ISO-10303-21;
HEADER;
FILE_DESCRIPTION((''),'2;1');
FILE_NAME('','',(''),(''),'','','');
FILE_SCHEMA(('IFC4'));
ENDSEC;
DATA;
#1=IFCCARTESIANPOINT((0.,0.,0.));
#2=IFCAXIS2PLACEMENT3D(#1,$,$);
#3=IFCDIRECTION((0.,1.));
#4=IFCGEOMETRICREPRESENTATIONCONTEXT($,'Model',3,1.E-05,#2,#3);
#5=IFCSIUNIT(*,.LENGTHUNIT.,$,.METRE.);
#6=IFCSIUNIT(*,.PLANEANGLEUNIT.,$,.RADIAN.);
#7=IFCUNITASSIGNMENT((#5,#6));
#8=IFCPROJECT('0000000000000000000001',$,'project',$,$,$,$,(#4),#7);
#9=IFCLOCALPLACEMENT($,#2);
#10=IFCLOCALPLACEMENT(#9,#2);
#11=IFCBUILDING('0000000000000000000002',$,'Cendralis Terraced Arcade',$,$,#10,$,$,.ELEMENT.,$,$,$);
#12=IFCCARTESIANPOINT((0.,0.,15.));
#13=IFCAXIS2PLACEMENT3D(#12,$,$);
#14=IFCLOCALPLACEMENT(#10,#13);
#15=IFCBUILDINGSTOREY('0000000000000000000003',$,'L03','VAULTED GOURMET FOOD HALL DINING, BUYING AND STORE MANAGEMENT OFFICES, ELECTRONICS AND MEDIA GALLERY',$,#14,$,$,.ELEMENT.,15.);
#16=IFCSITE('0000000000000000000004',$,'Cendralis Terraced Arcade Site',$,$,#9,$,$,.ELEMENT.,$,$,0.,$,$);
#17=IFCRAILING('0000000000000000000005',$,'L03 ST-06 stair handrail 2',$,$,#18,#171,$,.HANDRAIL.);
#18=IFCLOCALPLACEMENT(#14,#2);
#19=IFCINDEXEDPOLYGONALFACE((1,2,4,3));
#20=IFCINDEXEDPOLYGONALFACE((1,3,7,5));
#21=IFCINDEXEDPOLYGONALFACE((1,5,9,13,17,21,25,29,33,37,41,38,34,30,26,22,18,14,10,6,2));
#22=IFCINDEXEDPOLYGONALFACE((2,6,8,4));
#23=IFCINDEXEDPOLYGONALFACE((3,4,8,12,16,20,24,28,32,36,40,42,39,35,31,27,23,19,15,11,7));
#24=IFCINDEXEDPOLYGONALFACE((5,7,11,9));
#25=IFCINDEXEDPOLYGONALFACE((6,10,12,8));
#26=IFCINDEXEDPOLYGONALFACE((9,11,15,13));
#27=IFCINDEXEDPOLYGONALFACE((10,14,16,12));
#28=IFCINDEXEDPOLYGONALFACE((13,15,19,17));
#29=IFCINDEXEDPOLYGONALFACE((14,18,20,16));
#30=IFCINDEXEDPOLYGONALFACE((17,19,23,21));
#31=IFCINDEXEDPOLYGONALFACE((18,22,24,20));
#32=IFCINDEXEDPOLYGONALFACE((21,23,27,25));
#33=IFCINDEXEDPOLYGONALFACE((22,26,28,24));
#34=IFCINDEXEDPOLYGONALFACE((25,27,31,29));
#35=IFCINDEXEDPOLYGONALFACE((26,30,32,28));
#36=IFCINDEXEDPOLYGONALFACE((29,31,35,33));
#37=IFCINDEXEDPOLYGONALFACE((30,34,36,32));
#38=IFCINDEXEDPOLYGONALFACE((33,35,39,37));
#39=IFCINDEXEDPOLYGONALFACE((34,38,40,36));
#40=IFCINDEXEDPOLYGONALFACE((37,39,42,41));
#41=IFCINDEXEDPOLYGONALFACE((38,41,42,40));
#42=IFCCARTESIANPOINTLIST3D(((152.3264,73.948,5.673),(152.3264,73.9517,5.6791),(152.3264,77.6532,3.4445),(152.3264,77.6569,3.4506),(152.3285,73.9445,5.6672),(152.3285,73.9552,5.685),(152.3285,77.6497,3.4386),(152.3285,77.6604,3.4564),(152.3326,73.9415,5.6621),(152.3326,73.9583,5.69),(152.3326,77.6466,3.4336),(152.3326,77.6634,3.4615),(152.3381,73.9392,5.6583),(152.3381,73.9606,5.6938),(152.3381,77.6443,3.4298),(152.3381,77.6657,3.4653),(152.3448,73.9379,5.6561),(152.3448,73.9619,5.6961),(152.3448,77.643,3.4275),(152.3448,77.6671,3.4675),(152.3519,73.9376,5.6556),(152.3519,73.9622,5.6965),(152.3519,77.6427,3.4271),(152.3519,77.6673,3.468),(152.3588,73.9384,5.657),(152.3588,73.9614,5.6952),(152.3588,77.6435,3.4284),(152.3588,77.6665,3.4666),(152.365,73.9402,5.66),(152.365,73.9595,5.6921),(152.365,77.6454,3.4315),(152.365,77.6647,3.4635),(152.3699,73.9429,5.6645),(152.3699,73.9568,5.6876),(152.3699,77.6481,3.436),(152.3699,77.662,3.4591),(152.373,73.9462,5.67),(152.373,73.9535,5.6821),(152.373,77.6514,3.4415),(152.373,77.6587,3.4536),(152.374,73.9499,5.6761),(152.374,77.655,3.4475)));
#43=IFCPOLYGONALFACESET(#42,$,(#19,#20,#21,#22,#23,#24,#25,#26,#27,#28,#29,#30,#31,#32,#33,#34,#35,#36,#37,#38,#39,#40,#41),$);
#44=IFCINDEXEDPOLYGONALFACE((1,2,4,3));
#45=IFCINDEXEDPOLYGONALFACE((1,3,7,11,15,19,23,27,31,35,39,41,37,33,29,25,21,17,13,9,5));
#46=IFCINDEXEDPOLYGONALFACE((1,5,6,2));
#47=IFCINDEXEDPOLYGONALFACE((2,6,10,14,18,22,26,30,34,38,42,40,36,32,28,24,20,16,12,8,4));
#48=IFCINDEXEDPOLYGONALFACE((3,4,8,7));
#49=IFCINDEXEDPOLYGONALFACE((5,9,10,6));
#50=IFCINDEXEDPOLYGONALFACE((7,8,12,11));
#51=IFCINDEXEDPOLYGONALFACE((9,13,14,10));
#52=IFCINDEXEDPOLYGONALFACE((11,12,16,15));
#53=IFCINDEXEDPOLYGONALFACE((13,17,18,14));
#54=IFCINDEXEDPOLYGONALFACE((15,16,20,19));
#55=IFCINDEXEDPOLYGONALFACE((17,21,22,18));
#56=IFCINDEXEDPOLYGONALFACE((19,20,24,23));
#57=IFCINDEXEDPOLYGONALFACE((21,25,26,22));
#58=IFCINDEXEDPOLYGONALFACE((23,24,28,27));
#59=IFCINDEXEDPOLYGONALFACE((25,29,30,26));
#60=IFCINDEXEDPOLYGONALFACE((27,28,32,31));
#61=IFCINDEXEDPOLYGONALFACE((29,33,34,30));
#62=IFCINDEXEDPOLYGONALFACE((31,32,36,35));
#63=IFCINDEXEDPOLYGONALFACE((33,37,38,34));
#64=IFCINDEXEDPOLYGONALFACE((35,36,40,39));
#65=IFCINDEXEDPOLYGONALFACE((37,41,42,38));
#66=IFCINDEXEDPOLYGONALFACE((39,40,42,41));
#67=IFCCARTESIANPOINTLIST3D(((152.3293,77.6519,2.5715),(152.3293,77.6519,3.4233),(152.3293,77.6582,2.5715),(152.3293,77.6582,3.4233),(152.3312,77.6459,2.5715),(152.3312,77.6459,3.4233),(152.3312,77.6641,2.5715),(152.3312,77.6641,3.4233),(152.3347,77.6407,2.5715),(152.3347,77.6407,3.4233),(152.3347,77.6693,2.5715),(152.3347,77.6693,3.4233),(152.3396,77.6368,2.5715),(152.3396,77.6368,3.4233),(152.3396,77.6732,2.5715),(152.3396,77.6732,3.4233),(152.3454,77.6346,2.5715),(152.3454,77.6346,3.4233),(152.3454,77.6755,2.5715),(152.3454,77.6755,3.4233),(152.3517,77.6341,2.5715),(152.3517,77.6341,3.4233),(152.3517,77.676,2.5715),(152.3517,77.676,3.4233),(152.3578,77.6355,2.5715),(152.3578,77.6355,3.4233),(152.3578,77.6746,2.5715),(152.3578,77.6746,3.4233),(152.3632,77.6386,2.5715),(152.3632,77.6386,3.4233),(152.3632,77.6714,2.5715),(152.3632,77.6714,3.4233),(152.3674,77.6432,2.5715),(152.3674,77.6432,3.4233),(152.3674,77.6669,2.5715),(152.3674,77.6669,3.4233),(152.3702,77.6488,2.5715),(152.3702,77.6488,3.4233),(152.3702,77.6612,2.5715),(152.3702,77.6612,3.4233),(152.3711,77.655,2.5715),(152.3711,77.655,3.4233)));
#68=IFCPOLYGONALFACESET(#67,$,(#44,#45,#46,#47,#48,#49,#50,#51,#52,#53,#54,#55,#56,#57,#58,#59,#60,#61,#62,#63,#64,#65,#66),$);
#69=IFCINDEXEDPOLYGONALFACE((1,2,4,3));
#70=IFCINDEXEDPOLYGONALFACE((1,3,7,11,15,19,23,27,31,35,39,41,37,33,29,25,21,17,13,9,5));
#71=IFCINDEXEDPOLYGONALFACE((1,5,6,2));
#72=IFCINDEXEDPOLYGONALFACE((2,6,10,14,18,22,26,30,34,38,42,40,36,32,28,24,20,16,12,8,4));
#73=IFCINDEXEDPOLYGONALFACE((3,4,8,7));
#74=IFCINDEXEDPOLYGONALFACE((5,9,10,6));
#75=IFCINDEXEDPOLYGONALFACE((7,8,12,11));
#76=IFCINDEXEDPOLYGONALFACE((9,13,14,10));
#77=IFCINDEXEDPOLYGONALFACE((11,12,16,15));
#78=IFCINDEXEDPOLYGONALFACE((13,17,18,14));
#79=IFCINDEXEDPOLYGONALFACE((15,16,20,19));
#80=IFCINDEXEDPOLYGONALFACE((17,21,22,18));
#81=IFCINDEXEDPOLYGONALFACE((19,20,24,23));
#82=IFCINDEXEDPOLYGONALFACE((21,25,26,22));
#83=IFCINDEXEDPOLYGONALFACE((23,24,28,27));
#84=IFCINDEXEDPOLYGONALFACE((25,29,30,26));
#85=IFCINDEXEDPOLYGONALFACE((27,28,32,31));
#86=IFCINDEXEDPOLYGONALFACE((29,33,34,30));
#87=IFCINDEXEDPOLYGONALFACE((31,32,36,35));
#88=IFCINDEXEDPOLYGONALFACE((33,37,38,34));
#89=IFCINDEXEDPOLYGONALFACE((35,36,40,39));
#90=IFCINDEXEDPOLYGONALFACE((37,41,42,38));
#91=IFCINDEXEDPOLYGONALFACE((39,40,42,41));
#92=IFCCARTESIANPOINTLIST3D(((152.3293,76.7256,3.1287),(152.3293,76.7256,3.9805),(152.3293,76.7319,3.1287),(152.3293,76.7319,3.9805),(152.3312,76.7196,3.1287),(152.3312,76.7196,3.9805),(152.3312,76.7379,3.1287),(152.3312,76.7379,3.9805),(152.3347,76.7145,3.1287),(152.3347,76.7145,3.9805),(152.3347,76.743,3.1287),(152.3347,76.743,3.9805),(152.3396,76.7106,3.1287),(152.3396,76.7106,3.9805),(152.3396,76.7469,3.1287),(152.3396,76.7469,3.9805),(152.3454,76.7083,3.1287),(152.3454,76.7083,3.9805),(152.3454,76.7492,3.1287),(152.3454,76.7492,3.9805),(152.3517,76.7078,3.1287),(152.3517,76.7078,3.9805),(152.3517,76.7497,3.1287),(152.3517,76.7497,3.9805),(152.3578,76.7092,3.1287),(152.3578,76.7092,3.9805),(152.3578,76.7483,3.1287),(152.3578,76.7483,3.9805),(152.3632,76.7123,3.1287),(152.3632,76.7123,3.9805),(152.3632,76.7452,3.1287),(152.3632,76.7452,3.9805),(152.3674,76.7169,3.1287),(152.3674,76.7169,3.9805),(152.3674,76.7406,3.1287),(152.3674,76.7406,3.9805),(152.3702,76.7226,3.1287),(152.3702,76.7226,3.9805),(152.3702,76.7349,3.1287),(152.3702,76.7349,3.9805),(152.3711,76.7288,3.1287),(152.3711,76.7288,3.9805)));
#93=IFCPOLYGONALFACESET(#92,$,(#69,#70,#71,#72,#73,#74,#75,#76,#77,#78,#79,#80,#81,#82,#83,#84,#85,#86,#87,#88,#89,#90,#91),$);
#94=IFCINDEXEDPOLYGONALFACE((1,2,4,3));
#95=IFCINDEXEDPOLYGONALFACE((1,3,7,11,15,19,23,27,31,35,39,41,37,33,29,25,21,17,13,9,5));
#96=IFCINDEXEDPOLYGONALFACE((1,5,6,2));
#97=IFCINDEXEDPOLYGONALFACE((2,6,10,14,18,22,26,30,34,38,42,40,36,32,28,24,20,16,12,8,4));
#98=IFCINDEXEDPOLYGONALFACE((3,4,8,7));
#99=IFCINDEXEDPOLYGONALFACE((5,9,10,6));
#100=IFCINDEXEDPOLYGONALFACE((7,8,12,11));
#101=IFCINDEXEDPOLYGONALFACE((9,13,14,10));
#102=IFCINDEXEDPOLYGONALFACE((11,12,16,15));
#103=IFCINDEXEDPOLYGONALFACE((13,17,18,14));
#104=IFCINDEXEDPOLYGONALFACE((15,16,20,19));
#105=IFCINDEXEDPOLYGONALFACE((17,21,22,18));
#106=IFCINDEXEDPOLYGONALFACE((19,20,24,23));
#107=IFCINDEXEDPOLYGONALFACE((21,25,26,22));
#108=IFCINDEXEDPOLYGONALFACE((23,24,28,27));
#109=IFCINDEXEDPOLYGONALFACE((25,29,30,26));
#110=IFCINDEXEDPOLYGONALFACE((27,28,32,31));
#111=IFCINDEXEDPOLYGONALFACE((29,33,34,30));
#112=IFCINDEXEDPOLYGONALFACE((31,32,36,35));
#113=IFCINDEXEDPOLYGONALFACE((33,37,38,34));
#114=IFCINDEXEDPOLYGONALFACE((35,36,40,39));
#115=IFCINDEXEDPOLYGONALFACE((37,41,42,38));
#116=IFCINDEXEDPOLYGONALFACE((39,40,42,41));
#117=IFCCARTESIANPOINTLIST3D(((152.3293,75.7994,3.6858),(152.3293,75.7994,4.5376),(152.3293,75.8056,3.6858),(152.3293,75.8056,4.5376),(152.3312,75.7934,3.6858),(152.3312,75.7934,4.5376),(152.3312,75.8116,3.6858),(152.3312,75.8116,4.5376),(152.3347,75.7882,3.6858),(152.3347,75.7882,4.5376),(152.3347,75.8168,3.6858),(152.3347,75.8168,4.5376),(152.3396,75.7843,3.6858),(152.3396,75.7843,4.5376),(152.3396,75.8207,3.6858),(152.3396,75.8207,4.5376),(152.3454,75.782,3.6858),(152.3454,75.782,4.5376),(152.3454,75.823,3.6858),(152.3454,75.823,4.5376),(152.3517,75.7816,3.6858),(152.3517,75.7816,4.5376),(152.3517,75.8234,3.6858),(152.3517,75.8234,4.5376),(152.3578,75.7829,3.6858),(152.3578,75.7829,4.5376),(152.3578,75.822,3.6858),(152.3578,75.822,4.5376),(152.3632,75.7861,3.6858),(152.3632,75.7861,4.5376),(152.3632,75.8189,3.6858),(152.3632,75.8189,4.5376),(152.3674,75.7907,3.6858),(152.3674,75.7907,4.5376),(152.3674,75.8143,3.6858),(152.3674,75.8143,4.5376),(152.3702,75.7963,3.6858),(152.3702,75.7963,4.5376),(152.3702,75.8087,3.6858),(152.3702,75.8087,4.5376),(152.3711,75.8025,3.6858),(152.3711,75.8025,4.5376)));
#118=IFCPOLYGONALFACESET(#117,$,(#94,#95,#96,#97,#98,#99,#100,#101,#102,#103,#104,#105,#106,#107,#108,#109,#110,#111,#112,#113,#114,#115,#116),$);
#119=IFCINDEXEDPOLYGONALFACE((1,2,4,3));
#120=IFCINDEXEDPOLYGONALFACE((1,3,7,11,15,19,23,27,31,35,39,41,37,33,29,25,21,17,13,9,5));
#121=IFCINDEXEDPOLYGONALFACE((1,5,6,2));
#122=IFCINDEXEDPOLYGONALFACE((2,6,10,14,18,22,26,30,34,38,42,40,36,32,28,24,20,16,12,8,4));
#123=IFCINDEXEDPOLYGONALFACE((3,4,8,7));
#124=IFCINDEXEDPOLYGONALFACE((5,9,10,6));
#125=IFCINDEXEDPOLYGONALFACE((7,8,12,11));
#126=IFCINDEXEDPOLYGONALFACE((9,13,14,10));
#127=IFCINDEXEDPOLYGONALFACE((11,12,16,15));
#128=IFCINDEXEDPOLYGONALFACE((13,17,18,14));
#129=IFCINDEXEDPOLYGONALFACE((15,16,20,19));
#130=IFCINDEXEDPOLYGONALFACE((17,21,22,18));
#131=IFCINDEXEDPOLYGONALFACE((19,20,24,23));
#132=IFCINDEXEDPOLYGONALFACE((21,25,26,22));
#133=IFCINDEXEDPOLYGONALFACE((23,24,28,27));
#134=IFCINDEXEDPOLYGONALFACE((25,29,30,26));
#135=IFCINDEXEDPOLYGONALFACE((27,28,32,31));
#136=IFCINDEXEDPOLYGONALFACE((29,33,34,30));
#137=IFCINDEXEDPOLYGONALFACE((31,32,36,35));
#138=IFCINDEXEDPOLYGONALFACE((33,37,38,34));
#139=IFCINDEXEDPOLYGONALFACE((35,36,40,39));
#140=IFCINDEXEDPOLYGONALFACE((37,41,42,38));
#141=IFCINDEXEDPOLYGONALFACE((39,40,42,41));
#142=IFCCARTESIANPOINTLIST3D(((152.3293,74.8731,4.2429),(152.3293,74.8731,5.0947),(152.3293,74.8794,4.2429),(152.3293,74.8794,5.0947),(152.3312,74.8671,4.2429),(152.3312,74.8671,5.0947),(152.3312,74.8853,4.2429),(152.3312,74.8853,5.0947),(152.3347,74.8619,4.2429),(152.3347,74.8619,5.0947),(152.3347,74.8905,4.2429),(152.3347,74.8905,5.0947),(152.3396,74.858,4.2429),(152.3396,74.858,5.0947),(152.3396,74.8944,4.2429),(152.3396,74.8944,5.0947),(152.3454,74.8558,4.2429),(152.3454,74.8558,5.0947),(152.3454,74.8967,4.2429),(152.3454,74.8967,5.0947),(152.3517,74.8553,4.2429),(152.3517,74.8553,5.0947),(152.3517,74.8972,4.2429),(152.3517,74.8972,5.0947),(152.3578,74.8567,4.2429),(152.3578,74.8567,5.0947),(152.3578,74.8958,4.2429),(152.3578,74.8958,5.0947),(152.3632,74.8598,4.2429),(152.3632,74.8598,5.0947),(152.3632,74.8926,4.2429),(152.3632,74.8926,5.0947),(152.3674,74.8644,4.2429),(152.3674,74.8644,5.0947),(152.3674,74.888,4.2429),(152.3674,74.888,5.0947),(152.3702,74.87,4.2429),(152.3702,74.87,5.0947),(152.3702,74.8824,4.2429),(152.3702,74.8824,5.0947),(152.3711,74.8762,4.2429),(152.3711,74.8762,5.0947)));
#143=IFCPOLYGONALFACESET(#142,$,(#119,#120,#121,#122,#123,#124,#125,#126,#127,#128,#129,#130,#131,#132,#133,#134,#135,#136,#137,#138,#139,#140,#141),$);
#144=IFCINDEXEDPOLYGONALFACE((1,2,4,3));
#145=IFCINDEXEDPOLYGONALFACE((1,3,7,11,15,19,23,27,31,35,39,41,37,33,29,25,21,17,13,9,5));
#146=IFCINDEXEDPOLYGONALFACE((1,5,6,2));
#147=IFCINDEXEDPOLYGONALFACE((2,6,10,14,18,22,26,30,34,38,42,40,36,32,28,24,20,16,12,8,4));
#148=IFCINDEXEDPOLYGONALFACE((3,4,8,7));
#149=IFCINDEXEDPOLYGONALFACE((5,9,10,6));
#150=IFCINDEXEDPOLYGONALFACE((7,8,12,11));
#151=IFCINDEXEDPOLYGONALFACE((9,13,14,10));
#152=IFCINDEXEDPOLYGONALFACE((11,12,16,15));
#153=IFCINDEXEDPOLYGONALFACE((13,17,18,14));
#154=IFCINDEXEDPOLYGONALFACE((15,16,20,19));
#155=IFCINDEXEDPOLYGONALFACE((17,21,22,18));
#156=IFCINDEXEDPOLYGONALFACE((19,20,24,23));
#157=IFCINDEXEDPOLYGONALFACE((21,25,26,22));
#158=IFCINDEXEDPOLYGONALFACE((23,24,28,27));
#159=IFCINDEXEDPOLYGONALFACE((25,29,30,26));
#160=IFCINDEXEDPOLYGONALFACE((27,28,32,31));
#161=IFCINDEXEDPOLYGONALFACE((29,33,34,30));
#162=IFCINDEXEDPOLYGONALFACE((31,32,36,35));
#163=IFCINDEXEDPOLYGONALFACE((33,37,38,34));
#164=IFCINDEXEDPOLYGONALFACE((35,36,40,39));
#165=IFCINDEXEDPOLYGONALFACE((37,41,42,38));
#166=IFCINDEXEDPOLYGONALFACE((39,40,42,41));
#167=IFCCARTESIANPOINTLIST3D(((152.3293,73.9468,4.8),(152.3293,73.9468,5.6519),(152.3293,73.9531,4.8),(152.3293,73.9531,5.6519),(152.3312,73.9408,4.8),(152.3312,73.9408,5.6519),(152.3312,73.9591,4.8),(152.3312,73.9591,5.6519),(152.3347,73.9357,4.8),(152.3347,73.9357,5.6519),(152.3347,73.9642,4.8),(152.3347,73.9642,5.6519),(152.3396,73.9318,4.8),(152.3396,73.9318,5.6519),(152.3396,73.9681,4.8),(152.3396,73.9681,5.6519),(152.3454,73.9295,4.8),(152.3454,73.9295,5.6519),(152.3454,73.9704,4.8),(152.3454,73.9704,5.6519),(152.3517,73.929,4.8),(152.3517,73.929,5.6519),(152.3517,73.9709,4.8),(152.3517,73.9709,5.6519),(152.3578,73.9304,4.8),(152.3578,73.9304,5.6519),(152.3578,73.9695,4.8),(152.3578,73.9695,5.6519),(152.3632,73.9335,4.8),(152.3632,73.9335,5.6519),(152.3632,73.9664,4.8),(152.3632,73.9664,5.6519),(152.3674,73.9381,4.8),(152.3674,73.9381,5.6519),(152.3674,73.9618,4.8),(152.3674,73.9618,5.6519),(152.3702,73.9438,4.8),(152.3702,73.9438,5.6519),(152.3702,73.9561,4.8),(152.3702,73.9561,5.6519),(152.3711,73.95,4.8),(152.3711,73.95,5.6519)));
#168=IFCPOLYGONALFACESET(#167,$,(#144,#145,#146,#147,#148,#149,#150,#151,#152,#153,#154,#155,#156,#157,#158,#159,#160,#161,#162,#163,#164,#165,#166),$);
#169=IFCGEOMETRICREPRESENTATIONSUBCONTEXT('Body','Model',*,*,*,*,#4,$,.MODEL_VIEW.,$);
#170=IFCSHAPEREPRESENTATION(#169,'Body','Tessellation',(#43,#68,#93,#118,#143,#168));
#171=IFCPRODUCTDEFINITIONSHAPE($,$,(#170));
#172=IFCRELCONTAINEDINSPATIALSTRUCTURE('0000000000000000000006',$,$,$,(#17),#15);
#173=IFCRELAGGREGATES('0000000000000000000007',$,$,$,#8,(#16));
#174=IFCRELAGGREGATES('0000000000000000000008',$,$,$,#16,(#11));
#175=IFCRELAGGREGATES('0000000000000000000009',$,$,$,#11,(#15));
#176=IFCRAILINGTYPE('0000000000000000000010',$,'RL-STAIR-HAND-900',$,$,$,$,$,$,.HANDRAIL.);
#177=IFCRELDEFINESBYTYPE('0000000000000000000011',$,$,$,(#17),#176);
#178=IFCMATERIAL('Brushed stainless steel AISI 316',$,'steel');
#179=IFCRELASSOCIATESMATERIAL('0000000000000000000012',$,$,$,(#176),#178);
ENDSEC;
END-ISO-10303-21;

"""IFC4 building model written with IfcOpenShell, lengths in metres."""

from ifc_helpers import new_model, si_unit, direction, frame, origin, origin_2d, place, context, subcontext, project, spatial, circle, extrude, material, type_object, element, save


model = new_model("IFC4")

# Units and contexts
model_context = context("Model", 3, precision=1e-05, world=origin(), true_north=direction((0.0, 1.0)))
body_context = subcontext(model_context, "Body", "Model", "MODEL_VIEW")
ifc_project = project(units=[si_unit("LENGTHUNIT", "METRE"), si_unit("PLANEANGLEUNIT", "RADIAN")], contexts=[model_context])

# Site, building, storey
site_placement = place(None, origin())
site = spatial("IfcSite", under=ifc_project, at=site_placement, Name="Cendralis Terraced Arcade Site", CompositionType="ELEMENT", RefElevation=0.0)
building_placement = place(site_placement, origin())
building = spatial("IfcBuilding", under=site, at=building_placement, Name="Cendralis Terraced Arcade", CompositionType="ELEMENT")
storey_placement = place(building_placement, frame((0.0, 0.0, 15.0)))
storey = spatial("IfcBuildingStorey", under=building, at=storey_placement, Name="L03", Description="VAULTED GOURMET FOOD HALL DINING, BUYING AND STORE MANAGEMENT OFFICES, ELECTRONICS AND MEDIA GALLERY", CompositionType="ELEMENT", Elevation=15.0)

# Railing
ifc_material_1 = material(Name="Brushed stainless steel AISI 316", Category="steel")
railing_type = type_object("IfcRailingType", Name="RL-STAIR-HAND-900", PredefinedType="HANDRAIL", material=ifc_material_1)
railing_placement = place(storey_placement, frame((152.3501, 77.655, 2.5715)))
element("IfcRailing", 1, at=railing_placement, inside=storey, type_object=railing_type, Name="L03 ST-06 stair handrail 2", PredefinedType="HANDRAIL", context=body_context, shape_type="SweptSolid", body=[
    extrude(circle(Radius=0.0239, at=origin_2d()), frame((0.0, 0.0, 0.876), z_axis=(0.0, -0.856934, 0.515425), x_axis=(1.0, 0.0, 0.0)), (0.0, 0.0, 1.0), 4.3237),
    extrude(circle(Radius=0.021, at=origin_2d()), origin(), (0.0, 0.0, 1.0), 0.8518),
    extrude(circle(Radius=0.021, at=origin_2d()), frame((0.0, -0.9263, 0.5571)), (0.0, 0.0, 1.0), 0.8518),
    extrude(circle(Radius=0.021, at=origin_2d()), frame((0.0, -1.8525, 1.1143)), (0.0, 0.0, 1.0), 0.8518),
    extrude(circle(Radius=0.021, at=origin_2d()), frame((0.0, -2.7788, 1.6714)), (0.0, 0.0, 1.0), 0.8518),
    extrude(circle(Radius=0.021, at=origin_2d()), frame((0.0, -3.7051, 2.2285)), (0.0, 0.0, 1.0), 0.8518),
])

save(model, "model.ifc")
